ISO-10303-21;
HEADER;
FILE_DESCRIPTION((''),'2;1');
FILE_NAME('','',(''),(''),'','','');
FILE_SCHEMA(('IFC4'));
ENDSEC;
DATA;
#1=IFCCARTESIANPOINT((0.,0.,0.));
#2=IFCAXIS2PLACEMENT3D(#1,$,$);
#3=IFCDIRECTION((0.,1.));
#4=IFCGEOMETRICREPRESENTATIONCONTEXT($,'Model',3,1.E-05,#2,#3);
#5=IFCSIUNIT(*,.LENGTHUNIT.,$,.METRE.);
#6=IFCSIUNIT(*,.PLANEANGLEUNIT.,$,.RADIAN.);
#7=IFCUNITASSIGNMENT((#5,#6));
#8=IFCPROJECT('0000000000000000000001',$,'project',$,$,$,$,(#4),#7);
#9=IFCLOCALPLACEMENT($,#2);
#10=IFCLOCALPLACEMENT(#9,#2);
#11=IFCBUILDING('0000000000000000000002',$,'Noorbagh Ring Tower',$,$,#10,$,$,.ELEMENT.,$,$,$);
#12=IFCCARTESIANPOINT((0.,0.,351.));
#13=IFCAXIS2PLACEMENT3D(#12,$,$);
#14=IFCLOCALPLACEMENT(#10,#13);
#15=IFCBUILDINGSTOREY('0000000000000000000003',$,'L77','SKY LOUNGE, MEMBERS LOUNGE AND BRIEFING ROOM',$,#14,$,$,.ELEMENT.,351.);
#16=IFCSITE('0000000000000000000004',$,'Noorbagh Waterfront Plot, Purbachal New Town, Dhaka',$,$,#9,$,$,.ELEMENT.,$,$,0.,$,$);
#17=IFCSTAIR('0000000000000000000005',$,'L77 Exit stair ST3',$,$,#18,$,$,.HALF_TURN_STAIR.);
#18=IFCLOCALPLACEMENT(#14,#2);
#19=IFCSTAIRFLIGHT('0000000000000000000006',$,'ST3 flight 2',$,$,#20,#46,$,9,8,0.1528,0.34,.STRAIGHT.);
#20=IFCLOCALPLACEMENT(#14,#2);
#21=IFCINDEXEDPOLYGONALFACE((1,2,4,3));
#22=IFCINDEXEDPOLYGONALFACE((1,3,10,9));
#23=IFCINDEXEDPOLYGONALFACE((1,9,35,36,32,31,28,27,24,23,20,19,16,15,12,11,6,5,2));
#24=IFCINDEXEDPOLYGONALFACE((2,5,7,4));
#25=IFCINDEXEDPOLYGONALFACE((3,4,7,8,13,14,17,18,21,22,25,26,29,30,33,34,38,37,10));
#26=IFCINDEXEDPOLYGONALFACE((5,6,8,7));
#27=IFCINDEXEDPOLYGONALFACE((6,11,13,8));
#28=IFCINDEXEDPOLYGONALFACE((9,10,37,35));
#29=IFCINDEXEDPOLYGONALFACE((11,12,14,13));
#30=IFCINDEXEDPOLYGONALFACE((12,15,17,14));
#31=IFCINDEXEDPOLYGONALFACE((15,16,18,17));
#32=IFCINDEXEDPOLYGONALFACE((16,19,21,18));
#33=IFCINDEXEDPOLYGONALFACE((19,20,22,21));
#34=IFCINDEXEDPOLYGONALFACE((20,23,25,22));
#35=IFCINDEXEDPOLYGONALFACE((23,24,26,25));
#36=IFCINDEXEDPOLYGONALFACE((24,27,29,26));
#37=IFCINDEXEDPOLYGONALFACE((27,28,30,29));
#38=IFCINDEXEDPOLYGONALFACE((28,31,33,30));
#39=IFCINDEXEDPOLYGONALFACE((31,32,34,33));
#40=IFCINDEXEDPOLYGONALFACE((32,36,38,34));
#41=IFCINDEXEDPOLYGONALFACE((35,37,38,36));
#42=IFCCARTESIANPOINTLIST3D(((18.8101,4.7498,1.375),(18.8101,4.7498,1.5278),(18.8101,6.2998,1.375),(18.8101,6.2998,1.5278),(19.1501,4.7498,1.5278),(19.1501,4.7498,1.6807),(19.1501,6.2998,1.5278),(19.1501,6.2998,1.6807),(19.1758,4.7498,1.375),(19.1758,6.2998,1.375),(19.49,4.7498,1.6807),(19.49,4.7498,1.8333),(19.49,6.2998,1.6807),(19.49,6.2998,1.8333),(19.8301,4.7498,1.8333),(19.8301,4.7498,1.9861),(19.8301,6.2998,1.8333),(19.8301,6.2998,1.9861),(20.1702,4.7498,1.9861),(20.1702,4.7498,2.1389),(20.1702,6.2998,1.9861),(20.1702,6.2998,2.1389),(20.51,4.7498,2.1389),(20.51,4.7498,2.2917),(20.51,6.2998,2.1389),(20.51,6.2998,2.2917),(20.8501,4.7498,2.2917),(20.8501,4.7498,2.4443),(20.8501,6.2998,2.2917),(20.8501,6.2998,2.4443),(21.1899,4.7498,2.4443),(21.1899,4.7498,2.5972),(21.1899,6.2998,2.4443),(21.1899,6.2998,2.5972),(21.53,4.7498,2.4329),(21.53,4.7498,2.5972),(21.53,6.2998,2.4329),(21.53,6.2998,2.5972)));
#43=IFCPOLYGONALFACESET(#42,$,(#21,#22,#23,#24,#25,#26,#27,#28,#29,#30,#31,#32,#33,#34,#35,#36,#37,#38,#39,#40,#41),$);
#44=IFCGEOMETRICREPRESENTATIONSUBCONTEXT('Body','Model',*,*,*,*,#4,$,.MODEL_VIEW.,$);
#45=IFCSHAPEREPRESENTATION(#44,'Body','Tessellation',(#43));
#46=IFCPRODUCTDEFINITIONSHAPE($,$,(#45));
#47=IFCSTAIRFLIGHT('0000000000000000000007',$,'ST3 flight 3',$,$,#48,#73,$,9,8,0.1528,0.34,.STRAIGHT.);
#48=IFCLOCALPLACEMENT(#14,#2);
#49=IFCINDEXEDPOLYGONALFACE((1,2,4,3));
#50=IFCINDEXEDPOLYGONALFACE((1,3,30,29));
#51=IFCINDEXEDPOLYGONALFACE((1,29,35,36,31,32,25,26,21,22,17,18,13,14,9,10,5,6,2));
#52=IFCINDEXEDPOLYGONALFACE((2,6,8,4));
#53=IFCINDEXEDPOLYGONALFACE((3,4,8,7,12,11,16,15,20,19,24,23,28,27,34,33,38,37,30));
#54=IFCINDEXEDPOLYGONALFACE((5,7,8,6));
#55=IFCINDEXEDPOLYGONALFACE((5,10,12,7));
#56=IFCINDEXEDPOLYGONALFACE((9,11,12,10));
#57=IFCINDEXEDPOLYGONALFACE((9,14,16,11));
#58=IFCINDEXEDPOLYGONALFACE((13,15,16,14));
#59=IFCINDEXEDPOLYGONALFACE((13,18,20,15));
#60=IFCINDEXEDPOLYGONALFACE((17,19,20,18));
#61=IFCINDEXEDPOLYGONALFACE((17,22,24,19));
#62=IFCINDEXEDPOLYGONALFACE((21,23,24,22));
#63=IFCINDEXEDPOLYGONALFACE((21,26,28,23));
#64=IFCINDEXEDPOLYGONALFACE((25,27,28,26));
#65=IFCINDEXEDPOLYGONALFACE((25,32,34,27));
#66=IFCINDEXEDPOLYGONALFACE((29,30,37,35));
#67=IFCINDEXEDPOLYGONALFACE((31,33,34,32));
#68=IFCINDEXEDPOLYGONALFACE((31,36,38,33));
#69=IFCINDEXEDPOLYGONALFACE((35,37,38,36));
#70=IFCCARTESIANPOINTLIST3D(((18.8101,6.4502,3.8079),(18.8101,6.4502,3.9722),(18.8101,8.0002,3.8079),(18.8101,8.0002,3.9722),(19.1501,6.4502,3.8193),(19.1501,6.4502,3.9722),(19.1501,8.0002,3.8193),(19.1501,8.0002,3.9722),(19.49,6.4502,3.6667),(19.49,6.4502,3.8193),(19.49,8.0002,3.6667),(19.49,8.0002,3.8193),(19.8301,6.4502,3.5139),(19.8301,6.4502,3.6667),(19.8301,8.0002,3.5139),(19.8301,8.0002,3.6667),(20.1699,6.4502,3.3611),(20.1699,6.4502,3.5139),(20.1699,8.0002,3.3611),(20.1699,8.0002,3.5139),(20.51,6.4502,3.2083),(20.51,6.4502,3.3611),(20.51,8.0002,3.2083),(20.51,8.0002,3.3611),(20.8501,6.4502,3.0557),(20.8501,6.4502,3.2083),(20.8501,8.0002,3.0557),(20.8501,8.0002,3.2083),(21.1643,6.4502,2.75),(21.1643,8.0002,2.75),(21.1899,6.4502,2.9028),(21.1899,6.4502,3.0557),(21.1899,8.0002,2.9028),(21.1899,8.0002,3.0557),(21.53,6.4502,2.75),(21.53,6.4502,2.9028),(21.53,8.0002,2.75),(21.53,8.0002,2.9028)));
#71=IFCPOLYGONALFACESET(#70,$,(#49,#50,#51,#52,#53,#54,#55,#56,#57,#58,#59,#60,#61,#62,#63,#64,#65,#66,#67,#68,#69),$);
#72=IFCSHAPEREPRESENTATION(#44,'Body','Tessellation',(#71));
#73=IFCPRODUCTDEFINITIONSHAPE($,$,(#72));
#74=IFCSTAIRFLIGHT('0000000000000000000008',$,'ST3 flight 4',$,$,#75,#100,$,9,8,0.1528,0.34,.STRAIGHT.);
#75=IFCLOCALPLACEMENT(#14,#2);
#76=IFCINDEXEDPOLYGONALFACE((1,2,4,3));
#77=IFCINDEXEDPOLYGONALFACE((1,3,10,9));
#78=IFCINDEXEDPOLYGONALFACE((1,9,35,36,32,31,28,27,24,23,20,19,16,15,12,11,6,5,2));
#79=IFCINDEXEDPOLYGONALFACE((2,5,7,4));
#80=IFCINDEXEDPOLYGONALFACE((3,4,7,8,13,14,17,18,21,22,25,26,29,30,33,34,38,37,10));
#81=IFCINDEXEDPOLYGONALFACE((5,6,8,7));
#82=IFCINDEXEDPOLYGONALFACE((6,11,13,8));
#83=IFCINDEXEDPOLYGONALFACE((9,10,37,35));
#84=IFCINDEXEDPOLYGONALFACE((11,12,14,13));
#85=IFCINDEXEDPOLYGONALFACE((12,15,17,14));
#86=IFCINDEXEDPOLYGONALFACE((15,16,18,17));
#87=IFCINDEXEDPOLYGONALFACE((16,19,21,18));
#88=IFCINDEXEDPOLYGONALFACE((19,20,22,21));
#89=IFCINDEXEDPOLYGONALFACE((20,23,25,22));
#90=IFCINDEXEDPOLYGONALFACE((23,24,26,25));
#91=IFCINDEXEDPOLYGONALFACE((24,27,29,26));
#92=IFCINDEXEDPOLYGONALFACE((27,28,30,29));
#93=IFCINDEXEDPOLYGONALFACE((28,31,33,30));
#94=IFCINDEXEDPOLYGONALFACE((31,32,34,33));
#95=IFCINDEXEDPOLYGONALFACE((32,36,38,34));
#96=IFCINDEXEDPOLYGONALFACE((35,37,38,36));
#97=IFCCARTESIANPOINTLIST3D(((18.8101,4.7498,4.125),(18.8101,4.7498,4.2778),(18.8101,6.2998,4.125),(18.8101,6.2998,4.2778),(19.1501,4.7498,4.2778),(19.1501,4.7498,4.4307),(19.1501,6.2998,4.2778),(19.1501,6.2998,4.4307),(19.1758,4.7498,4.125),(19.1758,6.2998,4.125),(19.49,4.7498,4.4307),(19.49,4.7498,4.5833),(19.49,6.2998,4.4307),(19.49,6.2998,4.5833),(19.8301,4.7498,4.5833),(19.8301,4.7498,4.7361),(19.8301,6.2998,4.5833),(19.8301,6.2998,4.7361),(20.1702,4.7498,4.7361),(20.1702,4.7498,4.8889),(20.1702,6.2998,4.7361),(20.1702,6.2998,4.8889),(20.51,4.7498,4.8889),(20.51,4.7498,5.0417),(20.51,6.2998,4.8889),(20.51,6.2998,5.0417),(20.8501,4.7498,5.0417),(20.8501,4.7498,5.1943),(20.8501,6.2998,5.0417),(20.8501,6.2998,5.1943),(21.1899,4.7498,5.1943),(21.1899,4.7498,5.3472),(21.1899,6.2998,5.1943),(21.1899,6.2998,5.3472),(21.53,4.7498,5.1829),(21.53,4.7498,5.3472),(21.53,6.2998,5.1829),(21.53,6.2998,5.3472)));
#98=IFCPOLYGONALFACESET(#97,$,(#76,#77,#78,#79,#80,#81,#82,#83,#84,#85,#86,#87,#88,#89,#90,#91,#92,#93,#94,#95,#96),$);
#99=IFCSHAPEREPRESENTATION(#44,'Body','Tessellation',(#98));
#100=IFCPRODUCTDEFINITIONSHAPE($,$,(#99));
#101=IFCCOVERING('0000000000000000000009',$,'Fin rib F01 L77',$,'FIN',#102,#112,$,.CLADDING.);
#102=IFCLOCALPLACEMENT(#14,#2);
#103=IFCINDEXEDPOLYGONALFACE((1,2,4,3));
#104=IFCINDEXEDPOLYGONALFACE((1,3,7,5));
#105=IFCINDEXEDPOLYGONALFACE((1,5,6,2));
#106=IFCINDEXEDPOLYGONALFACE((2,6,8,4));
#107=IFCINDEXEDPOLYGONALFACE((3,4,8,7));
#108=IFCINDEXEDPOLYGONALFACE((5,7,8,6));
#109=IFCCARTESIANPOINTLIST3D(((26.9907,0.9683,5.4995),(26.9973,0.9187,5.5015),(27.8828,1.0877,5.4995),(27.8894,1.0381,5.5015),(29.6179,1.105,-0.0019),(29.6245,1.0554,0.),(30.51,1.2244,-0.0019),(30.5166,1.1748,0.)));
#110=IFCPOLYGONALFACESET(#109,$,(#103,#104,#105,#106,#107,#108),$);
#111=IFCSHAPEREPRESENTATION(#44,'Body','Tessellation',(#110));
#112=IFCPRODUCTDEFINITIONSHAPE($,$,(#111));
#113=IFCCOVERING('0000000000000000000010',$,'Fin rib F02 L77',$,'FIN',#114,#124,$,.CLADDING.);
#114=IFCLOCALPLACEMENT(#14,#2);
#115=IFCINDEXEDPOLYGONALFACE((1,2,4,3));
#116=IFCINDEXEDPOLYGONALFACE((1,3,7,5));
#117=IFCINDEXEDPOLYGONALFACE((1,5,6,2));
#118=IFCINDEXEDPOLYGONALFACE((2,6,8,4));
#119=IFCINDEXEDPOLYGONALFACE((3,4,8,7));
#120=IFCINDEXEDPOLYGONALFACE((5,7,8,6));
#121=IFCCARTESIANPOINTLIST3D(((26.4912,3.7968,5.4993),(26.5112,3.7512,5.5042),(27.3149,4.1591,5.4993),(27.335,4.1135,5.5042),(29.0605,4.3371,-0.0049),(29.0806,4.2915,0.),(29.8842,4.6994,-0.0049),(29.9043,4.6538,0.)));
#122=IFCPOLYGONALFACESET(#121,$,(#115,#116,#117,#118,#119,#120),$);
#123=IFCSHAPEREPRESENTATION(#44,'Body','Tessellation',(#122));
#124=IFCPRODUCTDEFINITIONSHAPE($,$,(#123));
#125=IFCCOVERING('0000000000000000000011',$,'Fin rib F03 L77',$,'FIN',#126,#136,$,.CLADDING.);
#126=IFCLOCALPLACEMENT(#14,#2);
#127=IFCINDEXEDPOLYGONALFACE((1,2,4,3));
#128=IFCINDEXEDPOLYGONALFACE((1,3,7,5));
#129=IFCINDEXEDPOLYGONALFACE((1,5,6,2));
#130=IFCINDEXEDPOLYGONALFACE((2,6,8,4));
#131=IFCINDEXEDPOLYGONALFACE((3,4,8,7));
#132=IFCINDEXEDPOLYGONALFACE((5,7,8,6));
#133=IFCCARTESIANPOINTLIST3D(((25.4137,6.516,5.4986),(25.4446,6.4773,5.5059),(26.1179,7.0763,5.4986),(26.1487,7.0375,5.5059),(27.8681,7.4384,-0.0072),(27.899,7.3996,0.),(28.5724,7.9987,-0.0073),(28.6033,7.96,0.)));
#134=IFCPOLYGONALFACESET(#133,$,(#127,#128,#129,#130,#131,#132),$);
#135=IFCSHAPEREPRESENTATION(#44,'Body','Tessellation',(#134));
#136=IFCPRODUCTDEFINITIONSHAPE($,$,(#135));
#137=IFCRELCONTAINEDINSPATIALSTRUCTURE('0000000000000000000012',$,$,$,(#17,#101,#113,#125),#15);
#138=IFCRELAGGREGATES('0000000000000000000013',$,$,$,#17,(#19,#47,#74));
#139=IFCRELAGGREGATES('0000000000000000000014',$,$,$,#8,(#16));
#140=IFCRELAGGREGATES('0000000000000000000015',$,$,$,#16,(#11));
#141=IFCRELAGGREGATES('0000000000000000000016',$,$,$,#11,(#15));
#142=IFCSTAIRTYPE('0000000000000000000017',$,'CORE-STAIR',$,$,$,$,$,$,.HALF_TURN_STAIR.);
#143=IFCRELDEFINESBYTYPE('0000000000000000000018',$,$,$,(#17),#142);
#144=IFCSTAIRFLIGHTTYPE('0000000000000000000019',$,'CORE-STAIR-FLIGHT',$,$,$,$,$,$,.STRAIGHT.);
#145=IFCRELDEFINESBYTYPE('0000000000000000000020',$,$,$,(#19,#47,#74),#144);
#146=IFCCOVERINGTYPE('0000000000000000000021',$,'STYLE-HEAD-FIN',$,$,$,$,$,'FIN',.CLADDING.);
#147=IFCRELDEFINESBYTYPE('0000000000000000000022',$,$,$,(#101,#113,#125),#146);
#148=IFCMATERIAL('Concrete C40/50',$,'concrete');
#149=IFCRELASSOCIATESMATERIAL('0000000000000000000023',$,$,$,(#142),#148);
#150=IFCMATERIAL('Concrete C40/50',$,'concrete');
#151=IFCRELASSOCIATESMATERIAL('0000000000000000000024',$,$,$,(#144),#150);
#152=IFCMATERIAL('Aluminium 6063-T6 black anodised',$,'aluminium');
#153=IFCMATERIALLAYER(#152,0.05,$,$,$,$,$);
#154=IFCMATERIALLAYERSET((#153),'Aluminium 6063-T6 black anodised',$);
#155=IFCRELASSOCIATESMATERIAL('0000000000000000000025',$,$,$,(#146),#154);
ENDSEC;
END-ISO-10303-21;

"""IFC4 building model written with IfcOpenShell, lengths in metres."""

from ifc_helpers import new_model, si_unit, direction, frame, origin, place, context, subcontext, project, spatial, polyline, outline, extrude, material, layer, layer_set, type_object, element, aggregate, save


model = new_model("IFC4")

# Units and contexts
model_context = context("Model", 3, precision=1e-05, world=origin(), true_north=direction((0.0, 1.0)))
body_context = subcontext(model_context, "Body", "Model", "MODEL_VIEW")
ifc_project = project(units=[si_unit("LENGTHUNIT", "METRE"), si_unit("PLANEANGLEUNIT", "RADIAN")], contexts=[model_context])

# Site, building, storey
site_placement = place(None, origin())
site = spatial("IfcSite", under=ifc_project, at=site_placement, Name="Noorbagh Waterfront Plot, Purbachal New Town, Dhaka", CompositionType="ELEMENT", RefElevation=0.0)
building_placement = place(site_placement, origin())
building = spatial("IfcBuilding", under=site, at=building_placement, Name="Noorbagh Ring Tower", CompositionType="ELEMENT")
storey_placement = place(building_placement, frame((0.0, 0.0, 351.0)))
storey = spatial("IfcBuildingStorey", under=building, at=storey_placement, Name="L77", Description="SKY LOUNGE, MEMBERS LOUNGE AND BRIEFING ROOM", CompositionType="ELEMENT", Elevation=351.0)

# Stair, stair flights
ifc_material_1 = material(Name="Concrete C40/50", Category="concrete")
stair_type = type_object("IfcStairType", Name="CORE-STAIR", PredefinedType="HALF_TURN_STAIR", material=ifc_material_1)
stair_placement = place(storey_placement, origin())
stair = element("IfcStair", 1, at=stair_placement, inside=storey, type_object=stair_type, Name="L77 Exit stair ST3", PredefinedType="HALF_TURN_STAIR")
ifc_material_2 = material(Name="Concrete C40/50", Category="concrete")
stair_flight_type = type_object("IfcStairFlightType", Name="CORE-STAIR-FLIGHT", PredefinedType="STRAIGHT", material=ifc_material_2)
stair_flight_1_placement = place(storey_placement, frame((18.8101, 5.5249, 1.375), z_axis=(0.0, 0.0, 1.0), x_axis=(1.0, 0.0, 0.0)))
stair_flight_1 = element("IfcStairFlight", 2, at=stair_flight_1_placement, type_object=stair_flight_type, Name="ST3 flight 2", NumberOfRisers=9, NumberOfTreads=8, PredefinedType="STRAIGHT", RiserHeight=0.1528, TreadLength=0.34, context=body_context, shape_type="SweptSolid", body=[
    extrude(outline(polyline([(0.0, 0.0), (0.0, 0.1528), (0.3401, 0.1528), (0.3401, 0.3057), (0.6799, 0.3057), (0.6799, 0.4583), (1.02, 0.4583), (1.02, 0.6111), (1.3601, 0.6111), (1.3601, 0.7639), (1.7, 0.7639), (1.7, 0.9167), (2.04, 0.9167), (2.04, 1.0693), (2.3799, 1.0693), (2.3799, 1.2222), (2.72, 1.2222), (2.72, 1.375), (2.72, 1.0579), (0.3657, 0.0), (0.0, 0.0)])), frame((0.0, 0.7749, 0.0), z_axis=(0.0, -1.0, 0.0), x_axis=(1.0, 0.0, 0.0)), (0.0, 0.0, 1.0), 1.55),
])
stair_flight_2_placement = place(storey_placement, frame((21.53, 7.2251, 2.75), z_axis=(0.0, 0.0, 1.0), x_axis=(-1.0, 0.0, 0.0)))
stair_flight_2 = element("IfcStairFlight", 3, at=stair_flight_2_placement, type_object=stair_flight_type, Name="ST3 flight 3", NumberOfRisers=9, NumberOfTreads=8, PredefinedType="STRAIGHT", RiserHeight=0.1528, TreadLength=0.34, context=body_context, shape_type="SweptSolid", body=[
    extrude(outline(polyline([(0.0, 0.0), (0.0, 0.1528), (0.3401, 0.1528), (0.3401, 0.3057), (0.6799, 0.3057), (0.6799, 0.4583), (1.02, 0.4583), (1.02, 0.6111), (1.3601, 0.6111), (1.3601, 0.7639), (1.7, 0.7639), (1.7, 0.9167), (2.04, 0.9167), (2.04, 1.0693), (2.3799, 1.0693), (2.3799, 1.2222), (2.72, 1.2222), (2.72, 1.375), (2.72, 1.0579), (0.3657, 0.0), (0.0, 0.0)])), frame((0.0, 0.7749, 0.0), z_axis=(0.0, -1.0, 0.0), x_axis=(1.0, 0.0, 0.0)), (0.0, 0.0, 1.0), 1.55),
])
stair_flight_3_placement = place(storey_placement, frame((18.8101, 5.5249, 4.125), z_axis=(0.0, 0.0, 1.0), x_axis=(1.0, 0.0, 0.0)))
stair_flight_3 = element("IfcStairFlight", 4, at=stair_flight_3_placement, type_object=stair_flight_type, Name="ST3 flight 4", NumberOfRisers=9, NumberOfTreads=8, PredefinedType="STRAIGHT", RiserHeight=0.1528, TreadLength=0.34, context=body_context, shape_type="SweptSolid", body=[
    extrude(outline(polyline([(0.0, 0.0), (0.0, 0.1528), (0.3401, 0.1528), (0.3401, 0.3057), (0.6799, 0.3057), (0.6799, 0.4583), (1.02, 0.4583), (1.02, 0.6111), (1.3601, 0.6111), (1.3601, 0.7639), (1.7, 0.7639), (1.7, 0.9167), (2.04, 0.9167), (2.04, 1.0693), (2.3799, 1.0693), (2.3799, 1.2222), (2.72, 1.2222), (2.72, 1.375), (2.72, 1.0579), (0.3657, 0.0), (0.0, 0.0)])), frame((0.0, 0.7749, 0.0), z_axis=(0.0, -1.0, 0.0), x_axis=(1.0, 0.0, 0.0)), (0.0, 0.0, 1.0), 1.55),
])
aggregate(stair, [stair_flight_1, stair_flight_2, stair_flight_3])

# Coverings
ifc_material_3 = material(Name="Aluminium 6063-T6 black anodised", Category="aluminium")
ifc_layer_1 = layer(ifc_material_3, 0.05)
ifc_layer_set_1 = layer_set([ifc_layer_1], Name="Aluminium 6063-T6 black anodised")
covering_type_1 = type_object("IfcCoveringType", Name="STYLE-HEAD-FIN", ElementType="FIN", PredefinedType="CLADDING", material=ifc_layer_set_1)
covering_1_placement = place(storey_placement, frame((30.5166, 1.1748, 0.0), z_axis=(0.132544, -0.990422, 0.038682), x_axis=(-0.430821, -0.02242, 0.902159)))
element("IfcCovering", 5, at=covering_1_placement, inside=storey, type_object=covering_type_1, Name="Fin rib F01 L77", ObjectType="FIN", PredefinedType="CLADDING", context=body_context, shape_type="SweptSolid", body=[
    extrude(outline(polyline([(0.0, 0.0), (6.0981, 0.0), (6.4851, 0.8126), (0.387, 0.8126), (0.0, 0.0)])), origin(), (0.0, 0.0, -1.0), 0.05),
])
covering_2_placement = place(storey_placement, frame((29.9043, 4.6538, 0.0), z_axis=(0.400688, -0.910999, 0.097618), x_axis=(-0.421321, -0.088596, 0.902574)))
element("IfcCovering", 6, at=covering_2_placement, inside=storey, type_object=covering_type_1, Name="Fin rib F02 L77", ObjectType="FIN", PredefinedType="CLADDING", context=body_context, shape_type="SweptSolid", body=[
    extrude(outline(polyline([(0.0, 0.0), (6.0983, 0.0), (6.4774, 0.8161), (0.3792, 0.8161), (0.0, 0.0)])), origin(), (0.0, 0.0, -1.0), 0.05),
])
covering_3_placement = place(storey_placement, frame((28.6033, 7.96, 0.0), z_axis=(0.616036, -0.774273, 0.144915), x_axis=(-0.402491, -0.151257, 0.902841)))
element("IfcCovering", 7, at=covering_3_placement, inside=storey, type_object=covering_type_1, Name="Fin rib F03 L77", ObjectType="FIN", PredefinedType="CLADDING", context=body_context, shape_type="SweptSolid", body=[
    extrude(outline(polyline([(0.0, 0.0), (6.0984, 0.0), (6.4665, 0.8211), (0.3682, 0.8212), (0.0, 0.0)])), origin(), (0.0, 0.0, -1.0), 0.05),
])

save(model, "model.ifc")
